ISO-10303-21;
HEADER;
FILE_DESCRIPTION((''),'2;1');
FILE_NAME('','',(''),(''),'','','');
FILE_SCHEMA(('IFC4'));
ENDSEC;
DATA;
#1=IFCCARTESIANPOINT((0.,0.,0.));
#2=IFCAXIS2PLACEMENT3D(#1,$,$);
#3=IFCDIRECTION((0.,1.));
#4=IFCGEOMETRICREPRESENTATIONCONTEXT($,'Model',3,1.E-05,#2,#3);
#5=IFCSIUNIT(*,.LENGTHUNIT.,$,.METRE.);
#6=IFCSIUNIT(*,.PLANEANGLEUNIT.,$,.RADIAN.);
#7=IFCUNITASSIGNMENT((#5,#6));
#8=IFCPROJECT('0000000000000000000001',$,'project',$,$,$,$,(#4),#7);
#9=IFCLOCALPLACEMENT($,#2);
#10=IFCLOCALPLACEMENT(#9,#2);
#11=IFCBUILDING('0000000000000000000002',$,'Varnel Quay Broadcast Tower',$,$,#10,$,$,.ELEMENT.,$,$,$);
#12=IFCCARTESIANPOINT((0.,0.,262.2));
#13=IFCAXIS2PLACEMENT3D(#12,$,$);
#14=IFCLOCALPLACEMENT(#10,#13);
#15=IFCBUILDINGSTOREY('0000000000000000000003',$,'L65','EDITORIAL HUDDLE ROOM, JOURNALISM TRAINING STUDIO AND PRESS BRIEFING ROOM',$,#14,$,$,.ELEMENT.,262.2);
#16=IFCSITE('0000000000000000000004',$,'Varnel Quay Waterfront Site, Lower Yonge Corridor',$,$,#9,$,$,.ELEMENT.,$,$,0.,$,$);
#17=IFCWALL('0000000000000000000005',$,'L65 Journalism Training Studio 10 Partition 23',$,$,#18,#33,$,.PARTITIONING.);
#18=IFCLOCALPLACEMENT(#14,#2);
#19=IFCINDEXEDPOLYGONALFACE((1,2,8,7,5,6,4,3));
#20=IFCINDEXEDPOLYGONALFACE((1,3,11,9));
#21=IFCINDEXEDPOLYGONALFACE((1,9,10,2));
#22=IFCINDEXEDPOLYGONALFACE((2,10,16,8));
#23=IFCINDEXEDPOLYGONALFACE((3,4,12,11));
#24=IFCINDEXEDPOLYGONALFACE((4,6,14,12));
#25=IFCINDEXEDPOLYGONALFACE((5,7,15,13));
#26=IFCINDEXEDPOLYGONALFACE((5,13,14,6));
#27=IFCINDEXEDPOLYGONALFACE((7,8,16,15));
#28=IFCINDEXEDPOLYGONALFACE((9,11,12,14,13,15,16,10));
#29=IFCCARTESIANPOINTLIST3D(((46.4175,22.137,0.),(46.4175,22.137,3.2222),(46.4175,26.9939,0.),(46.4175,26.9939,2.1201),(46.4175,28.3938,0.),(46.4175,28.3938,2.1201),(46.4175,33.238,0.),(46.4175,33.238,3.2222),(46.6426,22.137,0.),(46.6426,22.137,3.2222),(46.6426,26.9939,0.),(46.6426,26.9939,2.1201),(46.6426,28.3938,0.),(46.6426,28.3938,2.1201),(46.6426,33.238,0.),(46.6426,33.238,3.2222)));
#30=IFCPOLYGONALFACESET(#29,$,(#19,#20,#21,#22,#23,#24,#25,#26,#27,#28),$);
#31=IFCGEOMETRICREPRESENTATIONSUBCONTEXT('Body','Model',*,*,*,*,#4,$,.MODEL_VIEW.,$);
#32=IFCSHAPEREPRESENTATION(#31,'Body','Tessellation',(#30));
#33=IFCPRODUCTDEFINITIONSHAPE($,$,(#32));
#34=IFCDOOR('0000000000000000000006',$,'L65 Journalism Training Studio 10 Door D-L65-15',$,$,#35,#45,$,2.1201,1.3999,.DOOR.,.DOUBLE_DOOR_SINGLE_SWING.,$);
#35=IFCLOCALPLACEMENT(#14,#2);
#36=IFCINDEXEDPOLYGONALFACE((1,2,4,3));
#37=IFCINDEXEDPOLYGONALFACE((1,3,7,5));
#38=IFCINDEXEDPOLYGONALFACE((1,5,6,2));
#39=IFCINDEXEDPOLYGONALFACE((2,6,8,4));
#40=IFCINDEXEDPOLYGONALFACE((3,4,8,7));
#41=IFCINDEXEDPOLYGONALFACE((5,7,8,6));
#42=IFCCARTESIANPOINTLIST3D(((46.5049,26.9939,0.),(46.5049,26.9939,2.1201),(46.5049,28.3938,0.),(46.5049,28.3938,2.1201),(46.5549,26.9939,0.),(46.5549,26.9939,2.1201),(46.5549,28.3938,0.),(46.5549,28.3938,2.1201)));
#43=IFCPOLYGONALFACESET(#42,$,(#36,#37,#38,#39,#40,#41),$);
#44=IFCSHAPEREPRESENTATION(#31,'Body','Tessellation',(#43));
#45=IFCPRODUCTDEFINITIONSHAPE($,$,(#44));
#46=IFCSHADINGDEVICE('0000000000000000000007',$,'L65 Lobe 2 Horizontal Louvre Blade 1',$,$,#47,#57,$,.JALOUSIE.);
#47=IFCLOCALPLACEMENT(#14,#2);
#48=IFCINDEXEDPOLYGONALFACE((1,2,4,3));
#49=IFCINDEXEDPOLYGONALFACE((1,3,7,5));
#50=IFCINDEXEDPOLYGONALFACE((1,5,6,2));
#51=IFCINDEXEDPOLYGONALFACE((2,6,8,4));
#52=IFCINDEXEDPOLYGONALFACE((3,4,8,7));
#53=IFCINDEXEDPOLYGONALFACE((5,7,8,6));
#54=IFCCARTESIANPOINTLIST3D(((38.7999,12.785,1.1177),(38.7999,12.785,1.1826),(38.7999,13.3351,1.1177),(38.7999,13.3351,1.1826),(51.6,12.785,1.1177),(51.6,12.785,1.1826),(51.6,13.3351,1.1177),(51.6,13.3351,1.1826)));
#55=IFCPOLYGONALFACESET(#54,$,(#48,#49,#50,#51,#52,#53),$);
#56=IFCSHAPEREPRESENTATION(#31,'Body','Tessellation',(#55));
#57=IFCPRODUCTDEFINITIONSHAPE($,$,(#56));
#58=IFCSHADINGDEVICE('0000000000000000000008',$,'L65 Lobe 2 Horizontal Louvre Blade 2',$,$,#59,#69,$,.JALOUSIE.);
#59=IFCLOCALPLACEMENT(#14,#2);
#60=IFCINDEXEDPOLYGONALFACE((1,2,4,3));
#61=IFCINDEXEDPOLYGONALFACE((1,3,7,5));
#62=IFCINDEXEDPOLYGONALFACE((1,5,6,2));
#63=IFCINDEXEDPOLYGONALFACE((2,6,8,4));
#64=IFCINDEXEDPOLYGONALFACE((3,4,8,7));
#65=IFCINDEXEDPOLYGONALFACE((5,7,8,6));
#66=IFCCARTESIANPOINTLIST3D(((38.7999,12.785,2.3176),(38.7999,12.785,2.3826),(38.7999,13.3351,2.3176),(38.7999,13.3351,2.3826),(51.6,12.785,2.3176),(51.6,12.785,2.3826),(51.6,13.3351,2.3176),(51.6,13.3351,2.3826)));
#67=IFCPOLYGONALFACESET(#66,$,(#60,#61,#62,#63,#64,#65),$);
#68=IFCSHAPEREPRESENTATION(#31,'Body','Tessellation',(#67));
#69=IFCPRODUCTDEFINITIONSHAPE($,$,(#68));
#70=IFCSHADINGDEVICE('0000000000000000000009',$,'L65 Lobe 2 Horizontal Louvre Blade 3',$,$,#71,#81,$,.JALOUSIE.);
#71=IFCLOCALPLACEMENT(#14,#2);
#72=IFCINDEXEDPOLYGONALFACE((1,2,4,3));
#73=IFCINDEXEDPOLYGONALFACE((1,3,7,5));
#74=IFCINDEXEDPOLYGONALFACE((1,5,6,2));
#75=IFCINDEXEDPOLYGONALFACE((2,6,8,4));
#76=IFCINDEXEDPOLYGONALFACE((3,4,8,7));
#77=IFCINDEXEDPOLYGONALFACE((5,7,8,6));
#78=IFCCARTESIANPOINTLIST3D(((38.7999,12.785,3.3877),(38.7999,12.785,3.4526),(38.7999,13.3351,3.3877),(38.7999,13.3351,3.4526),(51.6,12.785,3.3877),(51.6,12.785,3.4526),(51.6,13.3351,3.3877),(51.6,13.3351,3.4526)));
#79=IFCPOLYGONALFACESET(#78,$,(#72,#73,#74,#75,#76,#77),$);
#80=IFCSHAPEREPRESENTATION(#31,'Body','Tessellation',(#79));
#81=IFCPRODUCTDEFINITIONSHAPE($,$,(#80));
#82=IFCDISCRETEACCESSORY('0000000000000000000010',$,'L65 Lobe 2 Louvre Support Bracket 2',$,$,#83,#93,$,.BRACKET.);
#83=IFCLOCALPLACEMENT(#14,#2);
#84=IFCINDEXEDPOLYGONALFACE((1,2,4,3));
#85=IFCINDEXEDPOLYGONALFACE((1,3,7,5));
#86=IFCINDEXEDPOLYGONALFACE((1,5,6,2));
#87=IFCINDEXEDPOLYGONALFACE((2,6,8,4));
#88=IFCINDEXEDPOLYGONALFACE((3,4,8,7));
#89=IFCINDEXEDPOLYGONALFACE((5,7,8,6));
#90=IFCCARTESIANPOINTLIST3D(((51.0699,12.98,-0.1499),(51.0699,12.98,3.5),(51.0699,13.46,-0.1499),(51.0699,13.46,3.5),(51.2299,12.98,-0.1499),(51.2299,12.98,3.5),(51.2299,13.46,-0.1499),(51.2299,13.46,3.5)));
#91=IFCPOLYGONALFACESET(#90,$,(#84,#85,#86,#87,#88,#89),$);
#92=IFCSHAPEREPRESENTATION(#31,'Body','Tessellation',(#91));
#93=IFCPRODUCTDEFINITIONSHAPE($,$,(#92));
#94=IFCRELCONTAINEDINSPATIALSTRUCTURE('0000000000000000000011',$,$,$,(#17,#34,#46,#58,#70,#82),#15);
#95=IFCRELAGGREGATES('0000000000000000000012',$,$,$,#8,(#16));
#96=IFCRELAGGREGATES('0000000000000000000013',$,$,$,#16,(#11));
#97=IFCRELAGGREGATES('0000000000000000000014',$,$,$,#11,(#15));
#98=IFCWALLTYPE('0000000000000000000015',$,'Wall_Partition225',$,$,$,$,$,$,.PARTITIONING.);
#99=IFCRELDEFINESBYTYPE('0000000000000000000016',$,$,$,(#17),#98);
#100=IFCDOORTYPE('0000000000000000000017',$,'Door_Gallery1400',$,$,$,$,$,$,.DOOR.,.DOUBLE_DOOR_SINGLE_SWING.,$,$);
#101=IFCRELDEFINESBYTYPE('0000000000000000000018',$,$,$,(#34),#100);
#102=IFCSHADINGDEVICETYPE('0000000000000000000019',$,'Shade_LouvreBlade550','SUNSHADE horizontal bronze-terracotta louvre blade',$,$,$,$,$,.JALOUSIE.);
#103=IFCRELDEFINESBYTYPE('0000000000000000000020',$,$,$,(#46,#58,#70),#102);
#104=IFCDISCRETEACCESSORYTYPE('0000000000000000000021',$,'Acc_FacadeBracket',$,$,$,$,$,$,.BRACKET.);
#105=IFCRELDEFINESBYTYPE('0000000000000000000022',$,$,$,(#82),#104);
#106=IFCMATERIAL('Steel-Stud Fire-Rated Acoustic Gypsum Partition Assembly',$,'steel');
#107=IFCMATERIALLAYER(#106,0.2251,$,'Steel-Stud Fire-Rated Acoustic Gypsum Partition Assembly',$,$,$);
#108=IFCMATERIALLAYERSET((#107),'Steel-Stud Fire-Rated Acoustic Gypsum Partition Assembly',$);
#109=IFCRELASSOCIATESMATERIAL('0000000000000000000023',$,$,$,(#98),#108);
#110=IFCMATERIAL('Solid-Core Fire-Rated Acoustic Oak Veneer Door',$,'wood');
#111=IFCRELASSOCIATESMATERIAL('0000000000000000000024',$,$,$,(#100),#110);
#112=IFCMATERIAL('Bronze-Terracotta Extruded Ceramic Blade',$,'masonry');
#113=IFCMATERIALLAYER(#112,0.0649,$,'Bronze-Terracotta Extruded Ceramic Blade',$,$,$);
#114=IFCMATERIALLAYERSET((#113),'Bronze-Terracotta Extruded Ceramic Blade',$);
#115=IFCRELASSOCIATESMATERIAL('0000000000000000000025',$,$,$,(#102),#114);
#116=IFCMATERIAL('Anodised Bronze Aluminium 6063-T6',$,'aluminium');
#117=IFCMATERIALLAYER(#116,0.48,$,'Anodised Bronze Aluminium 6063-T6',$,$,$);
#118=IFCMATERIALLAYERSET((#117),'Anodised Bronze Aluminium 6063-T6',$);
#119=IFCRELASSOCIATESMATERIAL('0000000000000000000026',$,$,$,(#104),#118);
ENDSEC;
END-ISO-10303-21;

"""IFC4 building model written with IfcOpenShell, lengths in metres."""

from ifc_helpers import new_model, si_unit, direction, frame, frame_2d, origin, origin_2d, place, context, subcontext, project, spatial, rectangle, extrude, source, transform, mapped, material, layer, layer_set, type_object, type_shapes, element, fill, save


model = new_model("IFC4")

# Units and contexts
model_context = context("Model", 3, precision=1e-05, world=origin(), true_north=direction((0.0, 1.0)))
body_context = subcontext(model_context, "Body", "Model", "MODEL_VIEW")
ifc_project = project(units=[si_unit("LENGTHUNIT", "METRE"), si_unit("PLANEANGLEUNIT", "RADIAN")], contexts=[model_context])

# Site, building, storey
site_placement = place(None, origin())
site = spatial("IfcSite", under=ifc_project, at=site_placement, Name="Varnel Quay Waterfront Site, Lower Yonge Corridor", CompositionType="ELEMENT", RefElevation=0.0)
building_placement = place(site_placement, origin())
building = spatial("IfcBuilding", under=site, at=building_placement, Name="Varnel Quay Broadcast Tower", CompositionType="ELEMENT")
storey_placement = place(building_placement, frame((0.0, 0.0, 262.2)))
storey = spatial("IfcBuildingStorey", under=building, at=storey_placement, Name="L65", Description="EDITORIAL HUDDLE ROOM, JOURNALISM TRAINING STUDIO AND PRESS BRIEFING ROOM", CompositionType="ELEMENT", Elevation=262.2)

# Shared definitions
ifc_material_1 = material(Name="Anodised Bronze Aluminium 6063-T6", Category="aluminium")

# Shared definitions
ifc_material_2 = material(Name="Steel-Stud Fire-Rated Acoustic Gypsum Partition Assembly", Category="steel")
ifc_layer_1 = layer(ifc_material_2, 0.2251, Name="Steel-Stud Fire-Rated Acoustic Gypsum Partition Assembly")
ifc_layer_set_1 = layer_set([ifc_layer_1], Name="Steel-Stud Fire-Rated Acoustic Gypsum Partition Assembly")
wall_type_1 = type_object("IfcWallType", Name="Wall_Partition225", PredefinedType="PARTITIONING", material=ifc_layer_set_1)

# Wall, opening, door
wall_1_placement = place(storey_placement, frame((46.53, 22.137, 0.0), z_axis=(0.0, 0.0, 1.0), x_axis=(0.0, 1.0, 0.0)))
wall_1 = element("IfcWall", 1, at=wall_1_placement, inside=storey, type_object=wall_type_1, Name="L65 Journalism Training Studio 10 Partition 23", PredefinedType="PARTITIONING", context=body_context, shape_type="SweptSolid", body=[
    extrude(rectangle(XDim=11.1011, YDim=0.2251, at=frame_2d((5.5505, 0.0))), origin(), (0.0, 0.0, 1.0), 3.2222),
])
opening_placement = place(wall_1_placement, frame((4.8569, 0.0, 0.0)))
opening = element("IfcOpeningElement", 2, at=opening_placement, cuts=wall_1, PredefinedType="OPENING", context=body_context, shape_type="SweptSolid", body=[
    extrude(rectangle(XDim=1.3999, YDim=2.1201, at=frame_2d((0.7, 1.0601))), frame((0.0, 0.1226, 0.0), z_axis=(0.0, -1.0, 0.0), x_axis=(1.0, 0.0, 0.0)), (0.0, 0.0, 1.0), 0.2451),
])
ifc_material_3 = material(Name="Solid-Core Fire-Rated Acoustic Oak Veneer Door", Category="wood")
door_type = type_object("IfcDoorType", Name="Door_Gallery1400", OperationType="DOUBLE_DOOR_SINGLE_SWING", PredefinedType="DOOR", material=ifc_material_3)
shared_shape_1 = source(origin(), body_context, "Body", "SweptSolid", [
    extrude(rectangle(XDim=1.3999, YDim=2.1201, at=frame_2d((0.7, 1.0601))), frame((0.0, 0.0249, 0.0), z_axis=(0.0, -1.0, 0.0), x_axis=(1.0, 0.0, 0.0)), (0.0, 0.0, 1.0), 0.05),
])
type_shapes(door_type, [shared_shape_1])
door_placement = place(opening_placement, frame((1.3999, 0.0, 0.0), z_axis=(0.0, 0.0, 1.0), x_axis=(-1.0, 0.0, 0.0)))
door = element("IfcDoor", 3, at=door_placement, inside=storey, type_object=door_type, Name="L65 Journalism Training Studio 10 Door D-L65-15", OperationType="DOUBLE_DOOR_SINGLE_SWING", OverallHeight=2.1201, OverallWidth=1.3999, PredefinedType="DOOR", context=body_context, shape_type="MappedRepresentation", body=[
    mapped(shared_shape_1, transform((0.0, 0.0, 0.0), x_axis=(1.0, 0.0, 0.0), y_axis=(0.0, 1.0, 0.0), z_axis=(0.0, 0.0, 1.0), scale=1.0)),
])
fill(opening, door)

# Shading devices
ifc_material_4 = material(Name="Bronze-Terracotta Extruded Ceramic Blade", Category="masonry")
ifc_layer_2 = layer(ifc_material_4, 0.0649, Name="Bronze-Terracotta Extruded Ceramic Blade")
ifc_layer_set_2 = layer_set([ifc_layer_2], Name="Bronze-Terracotta Extruded Ceramic Blade")
shading_device_type = type_object("IfcShadingDeviceType", Name="Shade_LouvreBlade550", Description="SUNSHADE horizontal bronze-terracotta louvre blade", PredefinedType="JALOUSIE", material=ifc_layer_set_2)
shared_shape_2 = source(origin(), body_context, "Body", "SweptSolid", [
    extrude(rectangle(XDim=12.8, YDim=0.55, at=origin_2d()), origin(), (0.0, 0.0, 1.0), 0.0649),
])
type_shapes(shading_device_type, [shared_shape_2])
for number, where, z_axis, x_axis, name in (
    (4, (45.2, 13.0601, 1.1177), (0.0, 0.0, 1.0), (1.0, 0.0, 0.0), "L65 Lobe 2 Horizontal Louvre Blade 1"),
    (5, (45.2, 13.0601, 2.3176), (0.0, 0.0, 1.0), (1.0, 0.0, 0.0), "L65 Lobe 2 Horizontal Louvre Blade 2"),
    (6, (45.2, 13.0601, 3.3877), (0.0, 0.0, 1.0), (1.0, 0.0, 0.0), "L65 Lobe 2 Horizontal Louvre Blade 3"),
):
    element("IfcShadingDevice", number, at=place(storey_placement, frame(where, z_axis=z_axis, x_axis=x_axis)), inside=storey, type_object=shading_device_type, Name=name, PredefinedType="JALOUSIE", context=body_context, shape_type="MappedRepresentation", body=[
        mapped(shared_shape_2, transform((0.0, 0.0, 0.0), x_axis=(1.0, 0.0, 0.0), y_axis=(0.0, 1.0, 0.0), z_axis=(0.0, 0.0, 1.0), scale=1.0)),
    ])

# Discrete accessory
ifc_layer_3 = layer(ifc_material_1, 0.48, Name="Anodised Bronze Aluminium 6063-T6")
ifc_layer_set_3 = layer_set([ifc_layer_3], Name="Anodised Bronze Aluminium 6063-T6")
discrete_accessory_type = type_object("IfcDiscreteAccessoryType", Name="Acc_FacadeBracket", PredefinedType="BRACKET", material=ifc_layer_set_3)
shared_shape_3 = source(origin(), body_context, "Body", "SweptSolid", [
    extrude(rectangle(XDim=0.1599, YDim=0.48, at=origin_2d()), origin(), (0.0, 0.0, 1.0), 3.6499),
])
type_shapes(discrete_accessory_type, [shared_shape_3])
discrete_accessory_placement = place(storey_placement, frame((51.1499, 13.22, -0.1499), z_axis=(0.0, 0.0, 1.0), x_axis=(1.0, 0.0, 0.0)))
element("IfcDiscreteAccessory", 7, at=discrete_accessory_placement, inside=storey, type_object=discrete_accessory_type, Name="L65 Lobe 2 Louvre Support Bracket 2", PredefinedType="BRACKET", context=body_context, shape_type="MappedRepresentation", body=[
    mapped(shared_shape_3, transform((0.0, 0.0, 0.0), x_axis=(1.0, 0.0, 0.0), y_axis=(0.0, 1.0, 0.0), z_axis=(0.0, 0.0, 1.0), scale=1.0)),
])

save(model, "model.ifc")
